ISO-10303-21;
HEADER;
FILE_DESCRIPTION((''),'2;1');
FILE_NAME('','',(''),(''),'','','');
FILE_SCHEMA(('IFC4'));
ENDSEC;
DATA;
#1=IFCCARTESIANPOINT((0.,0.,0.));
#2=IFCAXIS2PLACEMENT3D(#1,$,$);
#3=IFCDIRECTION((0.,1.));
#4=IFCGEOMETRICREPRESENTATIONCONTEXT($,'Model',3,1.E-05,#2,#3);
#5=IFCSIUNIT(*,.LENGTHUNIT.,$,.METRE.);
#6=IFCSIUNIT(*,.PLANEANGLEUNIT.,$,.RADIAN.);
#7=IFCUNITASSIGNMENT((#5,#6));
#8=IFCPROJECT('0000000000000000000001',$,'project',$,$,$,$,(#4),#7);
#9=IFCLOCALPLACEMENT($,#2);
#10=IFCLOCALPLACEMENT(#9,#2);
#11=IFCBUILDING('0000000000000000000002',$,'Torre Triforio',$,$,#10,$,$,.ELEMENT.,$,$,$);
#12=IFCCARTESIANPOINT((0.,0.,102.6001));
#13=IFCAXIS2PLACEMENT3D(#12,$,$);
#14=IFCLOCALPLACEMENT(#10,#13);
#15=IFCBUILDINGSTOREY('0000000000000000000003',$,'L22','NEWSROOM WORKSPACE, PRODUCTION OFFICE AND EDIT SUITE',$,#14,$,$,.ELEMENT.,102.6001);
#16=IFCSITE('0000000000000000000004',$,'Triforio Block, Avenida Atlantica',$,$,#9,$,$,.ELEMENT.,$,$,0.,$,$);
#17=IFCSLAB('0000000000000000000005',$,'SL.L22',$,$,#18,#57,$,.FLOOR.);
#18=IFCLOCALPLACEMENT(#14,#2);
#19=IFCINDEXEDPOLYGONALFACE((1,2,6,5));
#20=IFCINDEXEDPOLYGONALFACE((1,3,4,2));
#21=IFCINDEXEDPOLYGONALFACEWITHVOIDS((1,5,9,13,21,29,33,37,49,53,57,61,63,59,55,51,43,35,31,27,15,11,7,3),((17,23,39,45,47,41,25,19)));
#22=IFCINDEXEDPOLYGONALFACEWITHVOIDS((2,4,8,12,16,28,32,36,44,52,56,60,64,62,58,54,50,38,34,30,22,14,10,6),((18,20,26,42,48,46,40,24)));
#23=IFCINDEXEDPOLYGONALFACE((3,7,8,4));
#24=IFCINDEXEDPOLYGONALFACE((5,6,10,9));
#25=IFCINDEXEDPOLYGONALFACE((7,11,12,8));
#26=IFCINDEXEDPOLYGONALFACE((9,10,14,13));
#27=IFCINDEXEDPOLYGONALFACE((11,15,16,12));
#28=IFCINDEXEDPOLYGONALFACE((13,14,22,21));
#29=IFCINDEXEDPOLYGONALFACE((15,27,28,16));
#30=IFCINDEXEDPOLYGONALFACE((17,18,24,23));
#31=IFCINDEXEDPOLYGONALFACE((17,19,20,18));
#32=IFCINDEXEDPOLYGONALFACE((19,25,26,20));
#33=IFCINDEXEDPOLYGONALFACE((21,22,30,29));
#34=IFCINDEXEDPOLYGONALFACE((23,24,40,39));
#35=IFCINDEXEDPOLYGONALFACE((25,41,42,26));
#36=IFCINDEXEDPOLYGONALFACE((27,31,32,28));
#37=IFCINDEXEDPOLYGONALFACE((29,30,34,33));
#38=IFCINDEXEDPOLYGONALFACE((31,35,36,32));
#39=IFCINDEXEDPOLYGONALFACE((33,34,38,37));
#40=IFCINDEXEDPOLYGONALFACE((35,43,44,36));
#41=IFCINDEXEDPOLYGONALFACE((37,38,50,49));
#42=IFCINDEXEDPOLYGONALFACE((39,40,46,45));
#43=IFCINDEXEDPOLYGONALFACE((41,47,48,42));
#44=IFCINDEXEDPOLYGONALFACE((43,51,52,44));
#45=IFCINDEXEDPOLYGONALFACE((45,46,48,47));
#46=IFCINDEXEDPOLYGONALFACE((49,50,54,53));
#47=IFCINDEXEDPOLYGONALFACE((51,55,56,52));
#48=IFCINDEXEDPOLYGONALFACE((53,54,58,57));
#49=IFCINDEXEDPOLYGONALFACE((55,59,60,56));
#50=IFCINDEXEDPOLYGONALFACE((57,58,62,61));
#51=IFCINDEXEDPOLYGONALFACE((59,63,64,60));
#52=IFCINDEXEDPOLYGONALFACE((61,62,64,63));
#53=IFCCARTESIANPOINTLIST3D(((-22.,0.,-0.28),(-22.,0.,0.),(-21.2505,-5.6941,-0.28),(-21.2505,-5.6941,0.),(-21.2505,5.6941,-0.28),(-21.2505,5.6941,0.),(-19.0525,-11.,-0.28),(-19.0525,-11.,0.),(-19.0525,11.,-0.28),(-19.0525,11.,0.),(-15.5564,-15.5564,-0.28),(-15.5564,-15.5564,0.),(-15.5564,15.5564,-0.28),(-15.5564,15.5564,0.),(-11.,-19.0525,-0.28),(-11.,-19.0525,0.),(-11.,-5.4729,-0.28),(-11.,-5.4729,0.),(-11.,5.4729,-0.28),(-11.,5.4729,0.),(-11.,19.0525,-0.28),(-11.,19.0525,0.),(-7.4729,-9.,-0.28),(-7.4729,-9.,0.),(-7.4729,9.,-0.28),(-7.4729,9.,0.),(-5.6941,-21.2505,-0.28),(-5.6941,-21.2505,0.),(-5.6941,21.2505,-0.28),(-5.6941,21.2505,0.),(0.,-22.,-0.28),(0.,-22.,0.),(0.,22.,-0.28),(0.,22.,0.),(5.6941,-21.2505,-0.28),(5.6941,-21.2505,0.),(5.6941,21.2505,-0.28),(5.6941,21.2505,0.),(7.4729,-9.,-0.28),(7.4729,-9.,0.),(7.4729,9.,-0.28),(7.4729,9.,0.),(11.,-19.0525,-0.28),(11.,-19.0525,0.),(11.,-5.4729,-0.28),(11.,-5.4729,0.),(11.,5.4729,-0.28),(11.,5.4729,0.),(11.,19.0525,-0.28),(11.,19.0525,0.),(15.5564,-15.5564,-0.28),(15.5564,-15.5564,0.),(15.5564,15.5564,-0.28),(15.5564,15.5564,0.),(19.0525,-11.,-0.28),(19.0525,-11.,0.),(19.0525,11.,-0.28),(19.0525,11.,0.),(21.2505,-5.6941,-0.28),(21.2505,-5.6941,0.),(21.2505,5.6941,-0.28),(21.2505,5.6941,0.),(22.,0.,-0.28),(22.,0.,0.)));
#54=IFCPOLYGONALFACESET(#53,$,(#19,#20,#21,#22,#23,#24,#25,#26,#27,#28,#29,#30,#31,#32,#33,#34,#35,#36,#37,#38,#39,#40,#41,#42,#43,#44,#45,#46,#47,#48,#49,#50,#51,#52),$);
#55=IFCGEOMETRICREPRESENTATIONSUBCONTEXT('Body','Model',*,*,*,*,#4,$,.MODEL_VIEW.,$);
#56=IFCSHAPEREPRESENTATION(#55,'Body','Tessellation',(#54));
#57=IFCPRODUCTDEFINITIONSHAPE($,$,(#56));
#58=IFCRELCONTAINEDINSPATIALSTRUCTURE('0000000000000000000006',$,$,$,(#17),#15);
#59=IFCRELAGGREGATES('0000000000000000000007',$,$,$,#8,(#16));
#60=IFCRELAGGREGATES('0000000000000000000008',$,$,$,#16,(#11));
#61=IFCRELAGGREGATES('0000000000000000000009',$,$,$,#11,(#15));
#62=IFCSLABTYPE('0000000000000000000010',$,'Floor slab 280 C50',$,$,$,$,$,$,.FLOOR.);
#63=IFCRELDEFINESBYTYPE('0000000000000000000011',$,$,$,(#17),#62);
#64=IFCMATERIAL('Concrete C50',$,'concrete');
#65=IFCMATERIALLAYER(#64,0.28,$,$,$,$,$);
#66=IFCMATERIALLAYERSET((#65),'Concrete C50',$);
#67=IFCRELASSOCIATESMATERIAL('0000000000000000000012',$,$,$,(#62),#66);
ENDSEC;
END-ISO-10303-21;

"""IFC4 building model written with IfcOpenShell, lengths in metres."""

from ifc_helpers import new_model, si_unit, direction, frame, origin, place, context, subcontext, project, spatial, polyline, outline, extrude, material, layer, layer_set, type_object, element, save


model = new_model("IFC4")

# Units and contexts
model_context = context("Model", 3, precision=1e-05, world=origin(), true_north=direction((0.0, 1.0)))
body_context = subcontext(model_context, "Body", "Model", "MODEL_VIEW")
ifc_project = project(units=[si_unit("LENGTHUNIT", "METRE"), si_unit("PLANEANGLEUNIT", "RADIAN")], contexts=[model_context])

# Site, building, storey
site_placement = place(None, origin())
site = spatial("IfcSite", under=ifc_project, at=site_placement, Name="Triforio Block, Avenida Atlantica", CompositionType="ELEMENT", RefElevation=0.0)
building_placement = place(site_placement, origin())
building = spatial("IfcBuilding", under=site, at=building_placement, Name="Torre Triforio", CompositionType="ELEMENT")
storey_placement = place(building_placement, frame((0.0, 0.0, 102.6001)))
storey = spatial("IfcBuildingStorey", under=building, at=storey_placement, Name="L22", Description="NEWSROOM WORKSPACE, PRODUCTION OFFICE AND EDIT SUITE", CompositionType="ELEMENT", Elevation=102.6001)

# Slab
ifc_material_1 = material(Name="Concrete C50", Category="concrete")
ifc_layer_1 = layer(ifc_material_1, 0.28)
ifc_layer_set_1 = layer_set([ifc_layer_1], Name="Concrete C50")
slab_type_1 = type_object("IfcSlabType", Name="Floor slab 280 C50", PredefinedType="FLOOR", material=ifc_layer_set_1)
slab_1_placement = place(storey_placement, frame((0.0, 0.0, -0.28)))
element("IfcSlab", 1, at=slab_1_placement, inside=storey, type_object=slab_type_1, Name="SL.L22", PredefinedType="FLOOR", context=body_context, shape_type="SweptSolid", body=[
    extrude(outline(polyline([(19.0525, -11.0), (21.2505, -5.6941), (22.0, 0.0), (21.2505, 5.6941), (19.0525, 11.0), (15.5564, 15.5564), (11.0, 19.0525), (5.6941, 21.2505), (0.0, 22.0), (-5.6941, 21.2505), (-11.0, 19.0525), (-15.5564, 15.5564), (-19.0525, 11.0), (-21.2505, 5.6941), (-22.0, 0.0), (-21.2505, -5.6941), (-19.0525, -11.0), (-15.5564, -15.5564), (-11.0, -19.0525), (-5.6941, -21.2505), (0.0, -22.0), (5.6941, -21.2505), (11.0, -19.0525), (15.5564, -15.5564), (19.0525, -11.0)]), holes=[polyline([(11.0, 5.4729), (11.0, -5.4729), (7.4729, -9.0), (-7.4729, -9.0), (-11.0, -5.4729), (-11.0, 5.4729), (-7.4729, 9.0), (7.4729, 9.0), (11.0, 5.4729)])]), origin(), (0.0, 0.0, 1.0), 0.28),
])

save(model, "model.ifc")
